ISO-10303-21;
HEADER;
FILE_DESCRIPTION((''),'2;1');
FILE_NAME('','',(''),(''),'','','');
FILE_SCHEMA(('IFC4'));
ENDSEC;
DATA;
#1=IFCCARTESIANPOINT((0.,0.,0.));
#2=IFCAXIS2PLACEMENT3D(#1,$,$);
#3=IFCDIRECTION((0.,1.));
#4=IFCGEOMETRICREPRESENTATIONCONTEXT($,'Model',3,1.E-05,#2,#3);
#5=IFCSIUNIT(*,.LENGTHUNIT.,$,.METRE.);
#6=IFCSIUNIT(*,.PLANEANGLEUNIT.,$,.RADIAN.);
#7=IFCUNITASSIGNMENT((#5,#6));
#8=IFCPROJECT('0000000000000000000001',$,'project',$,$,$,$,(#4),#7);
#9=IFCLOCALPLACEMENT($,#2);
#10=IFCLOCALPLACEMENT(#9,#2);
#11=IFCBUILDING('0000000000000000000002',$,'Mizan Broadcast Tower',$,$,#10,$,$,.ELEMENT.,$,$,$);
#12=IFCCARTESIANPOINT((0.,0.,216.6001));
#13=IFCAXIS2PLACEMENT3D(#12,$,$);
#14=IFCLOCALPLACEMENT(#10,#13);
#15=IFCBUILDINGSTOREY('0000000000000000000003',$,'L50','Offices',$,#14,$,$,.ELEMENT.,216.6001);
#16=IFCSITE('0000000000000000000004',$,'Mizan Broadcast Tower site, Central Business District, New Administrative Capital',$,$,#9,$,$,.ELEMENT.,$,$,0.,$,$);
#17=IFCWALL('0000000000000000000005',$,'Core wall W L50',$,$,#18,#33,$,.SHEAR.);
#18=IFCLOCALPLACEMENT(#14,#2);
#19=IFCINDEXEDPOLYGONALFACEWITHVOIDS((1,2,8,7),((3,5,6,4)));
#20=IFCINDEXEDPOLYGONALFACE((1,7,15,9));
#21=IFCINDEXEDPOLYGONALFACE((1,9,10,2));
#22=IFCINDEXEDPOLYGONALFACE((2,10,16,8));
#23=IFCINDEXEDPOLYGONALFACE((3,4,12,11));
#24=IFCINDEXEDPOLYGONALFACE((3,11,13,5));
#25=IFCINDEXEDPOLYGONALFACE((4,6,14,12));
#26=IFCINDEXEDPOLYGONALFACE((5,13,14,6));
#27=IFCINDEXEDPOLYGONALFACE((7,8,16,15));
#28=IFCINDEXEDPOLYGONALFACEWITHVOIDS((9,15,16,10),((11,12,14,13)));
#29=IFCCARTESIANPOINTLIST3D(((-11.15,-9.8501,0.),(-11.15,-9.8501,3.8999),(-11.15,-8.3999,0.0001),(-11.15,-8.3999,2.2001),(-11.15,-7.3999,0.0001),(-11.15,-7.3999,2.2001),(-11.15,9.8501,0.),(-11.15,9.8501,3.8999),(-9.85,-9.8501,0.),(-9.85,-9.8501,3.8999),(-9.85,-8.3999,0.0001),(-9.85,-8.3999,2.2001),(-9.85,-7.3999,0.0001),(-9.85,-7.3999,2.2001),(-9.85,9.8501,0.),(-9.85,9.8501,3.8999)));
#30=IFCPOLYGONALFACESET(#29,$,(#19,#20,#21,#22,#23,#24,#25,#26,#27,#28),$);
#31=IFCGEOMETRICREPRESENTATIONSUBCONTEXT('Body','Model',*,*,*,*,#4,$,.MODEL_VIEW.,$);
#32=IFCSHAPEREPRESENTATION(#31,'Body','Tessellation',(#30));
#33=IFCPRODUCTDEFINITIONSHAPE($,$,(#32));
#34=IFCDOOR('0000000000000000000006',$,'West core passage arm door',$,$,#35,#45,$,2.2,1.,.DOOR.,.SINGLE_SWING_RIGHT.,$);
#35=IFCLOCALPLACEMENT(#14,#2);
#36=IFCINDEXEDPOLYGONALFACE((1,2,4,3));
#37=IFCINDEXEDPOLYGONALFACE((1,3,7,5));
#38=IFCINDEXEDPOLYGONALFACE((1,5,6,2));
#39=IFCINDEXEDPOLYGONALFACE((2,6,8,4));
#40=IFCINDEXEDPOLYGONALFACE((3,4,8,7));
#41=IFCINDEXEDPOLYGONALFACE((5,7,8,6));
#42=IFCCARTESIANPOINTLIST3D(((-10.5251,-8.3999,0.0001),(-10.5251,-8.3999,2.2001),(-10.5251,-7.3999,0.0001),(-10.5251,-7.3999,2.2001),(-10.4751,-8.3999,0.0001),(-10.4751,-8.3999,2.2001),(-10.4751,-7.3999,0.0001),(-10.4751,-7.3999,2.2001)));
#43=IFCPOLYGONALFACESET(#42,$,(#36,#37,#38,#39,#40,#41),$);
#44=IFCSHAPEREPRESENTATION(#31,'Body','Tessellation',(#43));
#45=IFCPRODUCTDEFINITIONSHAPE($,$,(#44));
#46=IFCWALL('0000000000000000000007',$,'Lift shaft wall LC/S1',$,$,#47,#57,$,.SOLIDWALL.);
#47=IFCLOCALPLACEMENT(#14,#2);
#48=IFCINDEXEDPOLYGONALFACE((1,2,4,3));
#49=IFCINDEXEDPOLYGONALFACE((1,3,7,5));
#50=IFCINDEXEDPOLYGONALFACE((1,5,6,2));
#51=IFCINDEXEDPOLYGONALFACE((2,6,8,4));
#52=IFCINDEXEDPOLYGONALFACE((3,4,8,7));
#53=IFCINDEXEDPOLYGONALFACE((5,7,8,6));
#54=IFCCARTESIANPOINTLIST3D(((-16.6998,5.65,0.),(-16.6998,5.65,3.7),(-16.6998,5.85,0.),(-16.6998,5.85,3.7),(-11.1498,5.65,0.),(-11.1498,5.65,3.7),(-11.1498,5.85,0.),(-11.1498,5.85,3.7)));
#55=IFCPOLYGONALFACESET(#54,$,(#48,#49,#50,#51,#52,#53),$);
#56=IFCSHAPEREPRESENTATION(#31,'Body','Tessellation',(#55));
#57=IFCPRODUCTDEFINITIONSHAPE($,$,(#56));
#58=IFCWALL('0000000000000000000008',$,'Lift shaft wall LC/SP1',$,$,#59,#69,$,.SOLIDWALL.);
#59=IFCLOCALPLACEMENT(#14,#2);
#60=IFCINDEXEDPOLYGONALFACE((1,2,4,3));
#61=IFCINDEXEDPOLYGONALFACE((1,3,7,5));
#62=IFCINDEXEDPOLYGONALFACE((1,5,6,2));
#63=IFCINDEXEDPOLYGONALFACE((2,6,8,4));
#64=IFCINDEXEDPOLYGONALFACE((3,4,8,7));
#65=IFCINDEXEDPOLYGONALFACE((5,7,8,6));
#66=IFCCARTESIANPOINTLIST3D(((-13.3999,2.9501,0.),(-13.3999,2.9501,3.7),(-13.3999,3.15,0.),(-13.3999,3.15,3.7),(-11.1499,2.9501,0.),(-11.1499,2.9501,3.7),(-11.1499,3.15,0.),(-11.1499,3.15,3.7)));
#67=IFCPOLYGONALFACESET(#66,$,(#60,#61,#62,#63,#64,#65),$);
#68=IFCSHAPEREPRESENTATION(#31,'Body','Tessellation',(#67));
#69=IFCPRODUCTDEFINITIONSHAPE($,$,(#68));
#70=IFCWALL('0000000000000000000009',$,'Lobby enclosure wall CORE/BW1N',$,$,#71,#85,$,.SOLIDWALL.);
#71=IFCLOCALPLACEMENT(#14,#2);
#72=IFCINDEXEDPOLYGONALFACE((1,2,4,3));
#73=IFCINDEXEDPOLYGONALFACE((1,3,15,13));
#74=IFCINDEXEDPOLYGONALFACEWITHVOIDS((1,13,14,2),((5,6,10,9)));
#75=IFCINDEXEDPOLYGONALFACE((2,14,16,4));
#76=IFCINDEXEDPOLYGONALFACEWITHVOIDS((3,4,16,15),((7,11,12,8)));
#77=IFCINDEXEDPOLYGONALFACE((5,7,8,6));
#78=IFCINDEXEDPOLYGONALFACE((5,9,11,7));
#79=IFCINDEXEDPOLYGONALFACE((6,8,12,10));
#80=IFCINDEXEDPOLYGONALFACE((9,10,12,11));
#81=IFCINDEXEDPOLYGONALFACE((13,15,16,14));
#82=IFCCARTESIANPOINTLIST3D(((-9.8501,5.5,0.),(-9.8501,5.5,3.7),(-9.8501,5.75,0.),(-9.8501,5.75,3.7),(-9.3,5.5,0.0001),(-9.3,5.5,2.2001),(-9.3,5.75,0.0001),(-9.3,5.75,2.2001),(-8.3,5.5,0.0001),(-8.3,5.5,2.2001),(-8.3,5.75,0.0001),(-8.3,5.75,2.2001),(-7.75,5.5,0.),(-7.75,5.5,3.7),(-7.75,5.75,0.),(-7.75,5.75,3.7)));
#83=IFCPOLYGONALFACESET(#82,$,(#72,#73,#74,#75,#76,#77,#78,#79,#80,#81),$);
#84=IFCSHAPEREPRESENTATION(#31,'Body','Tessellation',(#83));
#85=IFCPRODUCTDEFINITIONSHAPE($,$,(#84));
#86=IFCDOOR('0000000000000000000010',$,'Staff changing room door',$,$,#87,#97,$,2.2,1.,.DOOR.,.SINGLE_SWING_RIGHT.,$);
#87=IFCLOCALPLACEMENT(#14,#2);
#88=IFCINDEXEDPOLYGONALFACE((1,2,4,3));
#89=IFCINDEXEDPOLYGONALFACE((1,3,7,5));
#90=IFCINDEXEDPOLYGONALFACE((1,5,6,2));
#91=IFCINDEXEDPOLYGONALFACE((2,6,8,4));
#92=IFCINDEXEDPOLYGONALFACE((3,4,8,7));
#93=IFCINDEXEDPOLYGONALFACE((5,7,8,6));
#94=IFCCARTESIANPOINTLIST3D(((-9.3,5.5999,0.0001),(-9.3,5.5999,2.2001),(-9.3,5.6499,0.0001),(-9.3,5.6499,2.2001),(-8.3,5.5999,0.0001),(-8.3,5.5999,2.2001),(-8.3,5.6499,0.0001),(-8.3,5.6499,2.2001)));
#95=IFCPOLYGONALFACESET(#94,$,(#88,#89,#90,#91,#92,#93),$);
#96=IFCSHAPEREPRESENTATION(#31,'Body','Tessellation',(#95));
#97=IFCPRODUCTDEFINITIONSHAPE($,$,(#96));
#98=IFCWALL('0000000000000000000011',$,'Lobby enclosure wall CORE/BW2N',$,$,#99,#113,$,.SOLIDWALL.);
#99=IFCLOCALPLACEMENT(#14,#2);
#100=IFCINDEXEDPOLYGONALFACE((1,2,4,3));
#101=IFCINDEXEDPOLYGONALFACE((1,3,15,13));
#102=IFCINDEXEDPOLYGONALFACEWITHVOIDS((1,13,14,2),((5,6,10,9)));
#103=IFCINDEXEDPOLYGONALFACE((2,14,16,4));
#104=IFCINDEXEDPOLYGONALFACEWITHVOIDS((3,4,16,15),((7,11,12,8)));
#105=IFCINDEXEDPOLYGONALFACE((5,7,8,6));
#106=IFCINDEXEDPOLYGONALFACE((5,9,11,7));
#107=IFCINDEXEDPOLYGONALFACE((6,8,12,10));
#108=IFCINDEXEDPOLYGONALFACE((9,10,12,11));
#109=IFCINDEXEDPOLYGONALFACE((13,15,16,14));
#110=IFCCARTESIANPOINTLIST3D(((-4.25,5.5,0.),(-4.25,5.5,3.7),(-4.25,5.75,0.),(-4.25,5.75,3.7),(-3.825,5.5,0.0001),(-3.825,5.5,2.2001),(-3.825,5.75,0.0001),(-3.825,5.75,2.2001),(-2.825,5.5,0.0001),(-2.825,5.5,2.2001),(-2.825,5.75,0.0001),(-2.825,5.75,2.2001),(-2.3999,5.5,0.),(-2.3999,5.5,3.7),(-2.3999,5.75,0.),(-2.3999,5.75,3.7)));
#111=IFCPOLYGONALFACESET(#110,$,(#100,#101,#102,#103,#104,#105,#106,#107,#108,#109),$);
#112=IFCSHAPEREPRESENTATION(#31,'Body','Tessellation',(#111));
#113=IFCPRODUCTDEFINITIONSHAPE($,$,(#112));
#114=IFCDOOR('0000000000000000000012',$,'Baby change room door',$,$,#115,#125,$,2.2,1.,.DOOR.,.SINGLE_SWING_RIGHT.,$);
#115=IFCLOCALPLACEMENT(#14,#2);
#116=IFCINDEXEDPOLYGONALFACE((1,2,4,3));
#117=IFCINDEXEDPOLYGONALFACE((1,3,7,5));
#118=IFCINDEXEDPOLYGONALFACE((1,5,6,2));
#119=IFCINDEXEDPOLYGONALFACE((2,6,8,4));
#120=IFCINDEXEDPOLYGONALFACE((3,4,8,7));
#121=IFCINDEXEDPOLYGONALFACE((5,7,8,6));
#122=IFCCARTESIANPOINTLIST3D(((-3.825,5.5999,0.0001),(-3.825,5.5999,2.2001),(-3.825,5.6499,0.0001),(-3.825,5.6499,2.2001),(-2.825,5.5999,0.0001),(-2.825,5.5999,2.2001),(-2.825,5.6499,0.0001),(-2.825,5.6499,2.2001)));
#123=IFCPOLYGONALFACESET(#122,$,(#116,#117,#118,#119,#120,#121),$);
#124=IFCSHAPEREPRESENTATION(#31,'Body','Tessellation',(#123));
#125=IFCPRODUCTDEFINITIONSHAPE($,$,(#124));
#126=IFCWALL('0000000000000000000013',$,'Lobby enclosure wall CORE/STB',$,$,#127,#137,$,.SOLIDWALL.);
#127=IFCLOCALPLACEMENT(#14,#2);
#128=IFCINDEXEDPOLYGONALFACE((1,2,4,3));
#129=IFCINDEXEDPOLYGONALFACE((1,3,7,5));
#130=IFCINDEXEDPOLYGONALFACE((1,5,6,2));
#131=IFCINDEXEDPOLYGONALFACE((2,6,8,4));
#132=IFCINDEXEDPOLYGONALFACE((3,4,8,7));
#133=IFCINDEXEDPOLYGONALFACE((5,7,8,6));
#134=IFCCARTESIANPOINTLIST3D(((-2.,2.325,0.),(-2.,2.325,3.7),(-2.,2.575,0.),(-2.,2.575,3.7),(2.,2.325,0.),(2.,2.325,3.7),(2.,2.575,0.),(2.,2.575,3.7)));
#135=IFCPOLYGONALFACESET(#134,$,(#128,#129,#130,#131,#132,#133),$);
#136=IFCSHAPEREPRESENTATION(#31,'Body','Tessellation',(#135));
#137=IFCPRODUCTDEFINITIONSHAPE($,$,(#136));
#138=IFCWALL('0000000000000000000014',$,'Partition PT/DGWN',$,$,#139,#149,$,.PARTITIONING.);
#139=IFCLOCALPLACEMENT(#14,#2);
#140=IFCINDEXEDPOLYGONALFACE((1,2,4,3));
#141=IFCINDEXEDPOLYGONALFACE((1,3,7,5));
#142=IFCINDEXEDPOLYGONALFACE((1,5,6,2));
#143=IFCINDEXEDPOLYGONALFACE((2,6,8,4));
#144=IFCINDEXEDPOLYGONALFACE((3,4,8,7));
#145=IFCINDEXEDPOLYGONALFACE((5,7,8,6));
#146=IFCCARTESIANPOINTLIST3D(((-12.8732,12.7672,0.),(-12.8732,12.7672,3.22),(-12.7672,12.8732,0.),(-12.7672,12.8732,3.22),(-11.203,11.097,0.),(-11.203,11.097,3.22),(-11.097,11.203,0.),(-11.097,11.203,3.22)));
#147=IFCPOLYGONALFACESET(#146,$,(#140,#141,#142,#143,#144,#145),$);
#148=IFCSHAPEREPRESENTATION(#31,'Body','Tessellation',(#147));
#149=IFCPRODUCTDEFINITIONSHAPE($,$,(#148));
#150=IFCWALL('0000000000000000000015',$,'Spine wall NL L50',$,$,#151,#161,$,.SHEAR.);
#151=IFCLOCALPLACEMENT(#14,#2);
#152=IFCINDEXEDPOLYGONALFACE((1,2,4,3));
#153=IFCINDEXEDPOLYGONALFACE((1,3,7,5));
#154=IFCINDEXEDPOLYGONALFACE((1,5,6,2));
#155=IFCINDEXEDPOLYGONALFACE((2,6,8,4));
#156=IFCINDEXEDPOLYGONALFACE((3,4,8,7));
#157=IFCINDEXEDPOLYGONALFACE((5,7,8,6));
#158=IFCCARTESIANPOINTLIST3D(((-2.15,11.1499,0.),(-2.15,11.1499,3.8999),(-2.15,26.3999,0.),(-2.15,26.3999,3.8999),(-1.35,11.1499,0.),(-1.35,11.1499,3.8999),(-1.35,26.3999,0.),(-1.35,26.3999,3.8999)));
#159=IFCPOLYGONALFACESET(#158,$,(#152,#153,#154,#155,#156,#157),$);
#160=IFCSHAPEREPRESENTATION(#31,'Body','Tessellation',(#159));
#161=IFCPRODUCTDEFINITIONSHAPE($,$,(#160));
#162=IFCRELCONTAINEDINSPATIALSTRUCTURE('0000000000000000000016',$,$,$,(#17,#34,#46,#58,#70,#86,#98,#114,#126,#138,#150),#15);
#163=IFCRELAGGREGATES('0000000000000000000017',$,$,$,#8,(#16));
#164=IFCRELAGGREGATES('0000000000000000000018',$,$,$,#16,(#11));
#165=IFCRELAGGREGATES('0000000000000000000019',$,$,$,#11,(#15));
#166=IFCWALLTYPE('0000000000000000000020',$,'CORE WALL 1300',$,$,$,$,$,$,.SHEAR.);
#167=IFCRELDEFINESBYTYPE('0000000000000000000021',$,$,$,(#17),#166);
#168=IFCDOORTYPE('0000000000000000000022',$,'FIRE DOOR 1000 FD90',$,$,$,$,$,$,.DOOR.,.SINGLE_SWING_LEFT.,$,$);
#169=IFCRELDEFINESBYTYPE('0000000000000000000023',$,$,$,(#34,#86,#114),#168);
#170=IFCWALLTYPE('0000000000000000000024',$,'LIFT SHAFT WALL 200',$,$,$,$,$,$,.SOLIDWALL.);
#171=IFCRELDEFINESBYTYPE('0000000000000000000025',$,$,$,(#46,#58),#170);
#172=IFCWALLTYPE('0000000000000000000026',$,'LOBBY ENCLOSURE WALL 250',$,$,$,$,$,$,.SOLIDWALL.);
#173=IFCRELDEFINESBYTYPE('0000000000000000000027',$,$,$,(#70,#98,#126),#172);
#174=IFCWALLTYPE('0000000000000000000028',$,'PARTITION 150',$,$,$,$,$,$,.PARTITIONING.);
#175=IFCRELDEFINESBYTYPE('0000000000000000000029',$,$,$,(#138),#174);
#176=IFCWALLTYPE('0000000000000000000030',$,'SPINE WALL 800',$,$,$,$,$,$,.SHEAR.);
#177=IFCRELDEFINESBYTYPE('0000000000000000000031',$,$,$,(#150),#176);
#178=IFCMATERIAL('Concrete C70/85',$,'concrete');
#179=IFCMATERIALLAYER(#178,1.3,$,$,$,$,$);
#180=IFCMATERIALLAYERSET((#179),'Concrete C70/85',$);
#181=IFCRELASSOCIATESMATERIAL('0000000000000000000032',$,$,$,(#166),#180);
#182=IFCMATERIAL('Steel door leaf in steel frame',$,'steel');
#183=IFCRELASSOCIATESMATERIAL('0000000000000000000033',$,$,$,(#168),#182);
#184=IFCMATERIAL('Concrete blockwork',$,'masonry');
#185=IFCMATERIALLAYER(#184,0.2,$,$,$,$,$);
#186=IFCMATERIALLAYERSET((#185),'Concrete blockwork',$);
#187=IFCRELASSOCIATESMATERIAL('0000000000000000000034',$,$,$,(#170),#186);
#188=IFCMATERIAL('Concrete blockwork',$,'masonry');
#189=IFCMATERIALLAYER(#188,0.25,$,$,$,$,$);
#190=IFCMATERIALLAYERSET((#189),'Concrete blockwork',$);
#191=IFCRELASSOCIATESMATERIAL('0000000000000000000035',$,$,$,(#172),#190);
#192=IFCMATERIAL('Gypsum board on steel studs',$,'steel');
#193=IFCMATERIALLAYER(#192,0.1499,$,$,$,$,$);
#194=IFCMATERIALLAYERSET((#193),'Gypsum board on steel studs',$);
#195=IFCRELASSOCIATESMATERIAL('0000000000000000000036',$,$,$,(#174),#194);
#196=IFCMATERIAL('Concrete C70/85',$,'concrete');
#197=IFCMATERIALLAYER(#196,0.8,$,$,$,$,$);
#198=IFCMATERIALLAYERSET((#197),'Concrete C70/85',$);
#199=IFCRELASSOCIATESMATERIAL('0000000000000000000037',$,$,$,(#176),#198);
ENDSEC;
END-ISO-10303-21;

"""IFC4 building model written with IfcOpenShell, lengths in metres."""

from ifc_helpers import new_model, si_unit, direction, frame, frame_2d, origin, place, context, subcontext, project, spatial, rectangle, extrude, material, layer, layer_set, type_object, element, fill, save


model = new_model("IFC4")

# Units and contexts
model_context = context("Model", 3, precision=1e-05, world=origin(), true_north=direction((0.0, 1.0)))
body_context = subcontext(model_context, "Body", "Model", "MODEL_VIEW")
ifc_project = project(units=[si_unit("LENGTHUNIT", "METRE"), si_unit("PLANEANGLEUNIT", "RADIAN")], contexts=[model_context])

# Site, building, storey
site_placement = place(None, origin())
site = spatial("IfcSite", under=ifc_project, at=site_placement, Name="Mizan Broadcast Tower site, Central Business District, New Administrative Capital", CompositionType="ELEMENT", RefElevation=0.0)
building_placement = place(site_placement, origin())
building = spatial("IfcBuilding", under=site, at=building_placement, Name="Mizan Broadcast Tower", CompositionType="ELEMENT")
storey_placement = place(building_placement, frame((0.0, 0.0, 216.6001)))
storey = spatial("IfcBuildingStorey", under=building, at=storey_placement, Name="L50", Description="Offices", CompositionType="ELEMENT", Elevation=216.6001)

# Shared definitions
ifc_material_1 = material(Name="Concrete C70/85", Category="concrete")
ifc_layer_1 = layer(ifc_material_1, 1.3)
ifc_layer_set_1 = layer_set([ifc_layer_1], Name="Concrete C70/85")
wall_type_1 = type_object("IfcWallType", Name="CORE WALL 1300", PredefinedType="SHEAR", material=ifc_layer_set_1)

# Wall, opening, door
wall_1_placement = place(storey_placement, frame((-10.5, 9.8501, 0.0), z_axis=(0.0, 0.0, 1.0), x_axis=(0.0, -1.0, 0.0)))
wall_1 = element("IfcWall", 1, at=wall_1_placement, inside=storey, type_object=wall_type_1, Name="Core wall W L50", PredefinedType="SHEAR", context=body_context, shape_type="SweptSolid", body=[
    extrude(rectangle(XDim=19.7002, YDim=1.3, at=frame_2d((9.8501, 0.0))), origin(), (0.0, 0.0, 1.0), 3.8999),
])
opening_1_placement = place(wall_1_placement, frame((17.25, 0.0, 0.0)))
opening_1 = element("IfcOpeningElement", 2, at=opening_1_placement, cuts=wall_1, PredefinedType="OPENING", context=body_context, shape_type="SweptSolid", body=[
    extrude(rectangle(XDim=1.0, YDim=2.2, at=frame_2d((0.5, 1.1001))), frame((0.0, 0.6599, 0.0), z_axis=(0.0, -1.0, 0.0), x_axis=(1.0, 0.0, 0.0)), (0.0, 0.0, 1.0), 1.3201),
])
ifc_material_2 = material(Name="Steel door leaf in steel frame", Category="steel")
door_type_1 = type_object("IfcDoorType", Name="FIRE DOOR 1000 FD90", OperationType="SINGLE_SWING_LEFT", PredefinedType="DOOR", material=ifc_material_2)
door_1_placement = place(opening_1_placement, origin())
door_1 = element("IfcDoor", 3, at=door_1_placement, inside=storey, type_object=door_type_1, Name="West core passage arm door", OperationType="SINGLE_SWING_RIGHT", OverallHeight=2.2, OverallWidth=1.0, PredefinedType="DOOR", context=body_context, shape_type="SweptSolid", body=[
    extrude(rectangle(XDim=1.0, YDim=2.2, at=frame_2d((0.5, 1.1001))), frame((0.0, 0.0249, 0.0), z_axis=(0.0, -1.0, 0.0), x_axis=(1.0, 0.0, 0.0)), (0.0, 0.0, 1.0), 0.05),
])
fill(opening_1, door_1)

# Walls
ifc_material_3 = material(Name="Concrete blockwork", Category="masonry")
ifc_layer_2 = layer(ifc_material_3, 0.2)
ifc_layer_set_2 = layer_set([ifc_layer_2], Name="Concrete blockwork")
wall_type_2 = type_object("IfcWallType", Name="LIFT SHAFT WALL 200", PredefinedType="SOLIDWALL", material=ifc_layer_set_2)
wall_2_placement = place(storey_placement, frame((-11.1499, 5.75, 0.0), z_axis=(0.0, 0.0, 1.0), x_axis=(-1.0, 0.0, 0.0)))
element("IfcWall", 4, at=wall_2_placement, inside=storey, type_object=wall_type_2, Name="Lift shaft wall LC/S1", PredefinedType="SOLIDWALL", context=body_context, shape_type="SweptSolid", body=[
    extrude(rectangle(XDim=5.55, YDim=0.2, at=frame_2d((2.7749, 0.0))), origin(), (0.0, 0.0, 1.0), 3.7),
])
wall_3_placement = place(storey_placement, frame((-11.1499, 3.05, 0.0), z_axis=(0.0, 0.0, 1.0), x_axis=(-1.0, 0.0, 0.0)))
element("IfcWall", 5, at=wall_3_placement, inside=storey, type_object=wall_type_2, Name="Lift shaft wall LC/SP1", PredefinedType="SOLIDWALL", context=body_context, shape_type="SweptSolid", body=[
    extrude(rectangle(XDim=2.25, YDim=0.2, at=frame_2d((1.125, 0.0))), origin(), (0.0, 0.0, 1.0), 3.7),
])

# Walls, openings, doors
ifc_material_4 = material(Name="Concrete blockwork", Category="masonry")
ifc_layer_3 = layer(ifc_material_4, 0.25)
ifc_layer_set_3 = layer_set([ifc_layer_3], Name="Concrete blockwork")
wall_type_3 = type_object("IfcWallType", Name="LOBBY ENCLOSURE WALL 250", PredefinedType="SOLIDWALL", material=ifc_layer_set_3)
wall_4_placement = place(storey_placement, frame((-9.8501, 5.625, 0.0), z_axis=(0.0, 0.0, 1.0), x_axis=(1.0, 0.0, 0.0)))
wall_4 = element("IfcWall", 6, at=wall_4_placement, inside=storey, type_object=wall_type_3, Name="Lobby enclosure wall CORE/BW1N", PredefinedType="SOLIDWALL", context=body_context, shape_type="SweptSolid", body=[
    extrude(rectangle(XDim=2.1001, YDim=0.25, at=frame_2d((1.05, 0.0))), origin(), (0.0, 0.0, 1.0), 3.7),
])
opening_2_placement = place(wall_4_placement, frame((0.55, 0.0, 0.0)))
opening_2 = element("IfcOpeningElement", 7, at=opening_2_placement, cuts=wall_4, PredefinedType="OPENING", context=body_context, shape_type="SweptSolid", body=[
    extrude(rectangle(XDim=1.0, YDim=2.2, at=frame_2d((0.5, 1.1001))), frame((0.0, 0.135, 0.0), z_axis=(0.0, -1.0, 0.0), x_axis=(1.0, 0.0, 0.0)), (0.0, 0.0, 1.0), 0.27),
])
door_2_placement = place(opening_2_placement, origin())
door_2 = element("IfcDoor", 8, at=door_2_placement, inside=storey, type_object=door_type_1, Name="Staff changing room door", OperationType="SINGLE_SWING_RIGHT", OverallHeight=2.2, OverallWidth=1.0, PredefinedType="DOOR", context=body_context, shape_type="SweptSolid", body=[
    extrude(rectangle(XDim=1.0, YDim=2.2, at=frame_2d((0.5, 1.1001))), frame((0.0, 0.0249, 0.0), z_axis=(0.0, -1.0, 0.0), x_axis=(1.0, 0.0, 0.0)), (0.0, 0.0, 1.0), 0.05),
])
fill(opening_2, door_2)
wall_5_placement = place(storey_placement, frame((-4.25, 5.625, 0.0), z_axis=(0.0, 0.0, 1.0), x_axis=(1.0, 0.0, 0.0)))
wall_5 = element("IfcWall", 9, at=wall_5_placement, inside=storey, type_object=wall_type_3, Name="Lobby enclosure wall CORE/BW2N", PredefinedType="SOLIDWALL", context=body_context, shape_type="SweptSolid", body=[
    extrude(rectangle(XDim=1.8501, YDim=0.25, at=frame_2d((0.925, 0.0))), origin(), (0.0, 0.0, 1.0), 3.7),
])
opening_3_placement = place(wall_5_placement, frame((0.425, 0.0, 0.0)))
opening_3 = element("IfcOpeningElement", 10, at=opening_3_placement, cuts=wall_5, PredefinedType="OPENING", context=body_context, shape_type="SweptSolid", body=[
    extrude(rectangle(XDim=1.0, YDim=2.2, at=frame_2d((0.5, 1.1001))), frame((0.0, 0.135, 0.0), z_axis=(0.0, -1.0, 0.0), x_axis=(1.0, 0.0, 0.0)), (0.0, 0.0, 1.0), 0.27),
])
door_3_placement = place(opening_3_placement, origin())
door_3 = element("IfcDoor", 11, at=door_3_placement, inside=storey, type_object=door_type_1, Name="Baby change room door", OperationType="SINGLE_SWING_RIGHT", OverallHeight=2.2, OverallWidth=1.0, PredefinedType="DOOR", context=body_context, shape_type="SweptSolid", body=[
    extrude(rectangle(XDim=1.0, YDim=2.2, at=frame_2d((0.5, 1.1001))), frame((0.0, 0.0249, 0.0), z_axis=(0.0, -1.0, 0.0), x_axis=(1.0, 0.0, 0.0)), (0.0, 0.0, 1.0), 0.05),
])
fill(opening_3, door_3)

# Walls
wall_6_placement = place(storey_placement, frame((-2.0, 2.45, 0.0), z_axis=(0.0, 0.0, 1.0), x_axis=(1.0, 0.0, 0.0)))
element("IfcWall", 12, at=wall_6_placement, inside=storey, type_object=wall_type_3, Name="Lobby enclosure wall CORE/STB", PredefinedType="SOLIDWALL", context=body_context, shape_type="SweptSolid", body=[
    extrude(rectangle(XDim=4.0, YDim=0.25, at=frame_2d((2.0, 0.0))), origin(), (0.0, 0.0, 1.0), 3.7),
])
ifc_material_5 = material(Name="Gypsum board on steel studs", Category="steel")
ifc_layer_4 = layer(ifc_material_5, 0.1499)
ifc_layer_set_4 = layer_set([ifc_layer_4], Name="Gypsum board on steel studs")
wall_type_4 = type_object("IfcWallType", Name="PARTITION 150", PredefinedType="PARTITIONING", material=ifc_layer_set_4)
wall_7_placement = place(storey_placement, frame((-11.1499, 11.1499, 0.0), z_axis=(0.0, 0.0, 1.0), x_axis=(-0.707107, 0.707107, 0.0)))
element("IfcWall", 13, at=wall_7_placement, inside=storey, type_object=wall_type_4, Name="Partition PT/DGWN", PredefinedType="PARTITIONING", context=body_context, shape_type="SweptSolid", body=[
    extrude(rectangle(XDim=2.3621, YDim=0.1499, at=frame_2d((1.1812, 0.0))), origin(), (0.0, 0.0, 1.0), 3.22),
])
ifc_material_6 = material(Name="Concrete C70/85", Category="concrete")
ifc_layer_5 = layer(ifc_material_6, 0.8)
ifc_layer_set_5 = layer_set([ifc_layer_5], Name="Concrete C70/85")
wall_type_5 = type_object("IfcWallType", Name="SPINE WALL 800", PredefinedType="SHEAR", material=ifc_layer_set_5)
wall_8_placement = place(storey_placement, frame((-1.75, 11.1499, 0.0), z_axis=(0.0, 0.0, 1.0), x_axis=(0.0, 1.0, 0.0)))
element("IfcWall", 14, at=wall_8_placement, inside=storey, type_object=wall_type_5, Name="Spine wall NL L50", PredefinedType="SHEAR", context=body_context, shape_type="SweptSolid", body=[
    extrude(rectangle(XDim=15.25, YDim=0.8, at=frame_2d((7.625, 0.0))), origin(), (0.0, 0.0, 1.0), 3.8999),
])

save(model, "model.ifc")
